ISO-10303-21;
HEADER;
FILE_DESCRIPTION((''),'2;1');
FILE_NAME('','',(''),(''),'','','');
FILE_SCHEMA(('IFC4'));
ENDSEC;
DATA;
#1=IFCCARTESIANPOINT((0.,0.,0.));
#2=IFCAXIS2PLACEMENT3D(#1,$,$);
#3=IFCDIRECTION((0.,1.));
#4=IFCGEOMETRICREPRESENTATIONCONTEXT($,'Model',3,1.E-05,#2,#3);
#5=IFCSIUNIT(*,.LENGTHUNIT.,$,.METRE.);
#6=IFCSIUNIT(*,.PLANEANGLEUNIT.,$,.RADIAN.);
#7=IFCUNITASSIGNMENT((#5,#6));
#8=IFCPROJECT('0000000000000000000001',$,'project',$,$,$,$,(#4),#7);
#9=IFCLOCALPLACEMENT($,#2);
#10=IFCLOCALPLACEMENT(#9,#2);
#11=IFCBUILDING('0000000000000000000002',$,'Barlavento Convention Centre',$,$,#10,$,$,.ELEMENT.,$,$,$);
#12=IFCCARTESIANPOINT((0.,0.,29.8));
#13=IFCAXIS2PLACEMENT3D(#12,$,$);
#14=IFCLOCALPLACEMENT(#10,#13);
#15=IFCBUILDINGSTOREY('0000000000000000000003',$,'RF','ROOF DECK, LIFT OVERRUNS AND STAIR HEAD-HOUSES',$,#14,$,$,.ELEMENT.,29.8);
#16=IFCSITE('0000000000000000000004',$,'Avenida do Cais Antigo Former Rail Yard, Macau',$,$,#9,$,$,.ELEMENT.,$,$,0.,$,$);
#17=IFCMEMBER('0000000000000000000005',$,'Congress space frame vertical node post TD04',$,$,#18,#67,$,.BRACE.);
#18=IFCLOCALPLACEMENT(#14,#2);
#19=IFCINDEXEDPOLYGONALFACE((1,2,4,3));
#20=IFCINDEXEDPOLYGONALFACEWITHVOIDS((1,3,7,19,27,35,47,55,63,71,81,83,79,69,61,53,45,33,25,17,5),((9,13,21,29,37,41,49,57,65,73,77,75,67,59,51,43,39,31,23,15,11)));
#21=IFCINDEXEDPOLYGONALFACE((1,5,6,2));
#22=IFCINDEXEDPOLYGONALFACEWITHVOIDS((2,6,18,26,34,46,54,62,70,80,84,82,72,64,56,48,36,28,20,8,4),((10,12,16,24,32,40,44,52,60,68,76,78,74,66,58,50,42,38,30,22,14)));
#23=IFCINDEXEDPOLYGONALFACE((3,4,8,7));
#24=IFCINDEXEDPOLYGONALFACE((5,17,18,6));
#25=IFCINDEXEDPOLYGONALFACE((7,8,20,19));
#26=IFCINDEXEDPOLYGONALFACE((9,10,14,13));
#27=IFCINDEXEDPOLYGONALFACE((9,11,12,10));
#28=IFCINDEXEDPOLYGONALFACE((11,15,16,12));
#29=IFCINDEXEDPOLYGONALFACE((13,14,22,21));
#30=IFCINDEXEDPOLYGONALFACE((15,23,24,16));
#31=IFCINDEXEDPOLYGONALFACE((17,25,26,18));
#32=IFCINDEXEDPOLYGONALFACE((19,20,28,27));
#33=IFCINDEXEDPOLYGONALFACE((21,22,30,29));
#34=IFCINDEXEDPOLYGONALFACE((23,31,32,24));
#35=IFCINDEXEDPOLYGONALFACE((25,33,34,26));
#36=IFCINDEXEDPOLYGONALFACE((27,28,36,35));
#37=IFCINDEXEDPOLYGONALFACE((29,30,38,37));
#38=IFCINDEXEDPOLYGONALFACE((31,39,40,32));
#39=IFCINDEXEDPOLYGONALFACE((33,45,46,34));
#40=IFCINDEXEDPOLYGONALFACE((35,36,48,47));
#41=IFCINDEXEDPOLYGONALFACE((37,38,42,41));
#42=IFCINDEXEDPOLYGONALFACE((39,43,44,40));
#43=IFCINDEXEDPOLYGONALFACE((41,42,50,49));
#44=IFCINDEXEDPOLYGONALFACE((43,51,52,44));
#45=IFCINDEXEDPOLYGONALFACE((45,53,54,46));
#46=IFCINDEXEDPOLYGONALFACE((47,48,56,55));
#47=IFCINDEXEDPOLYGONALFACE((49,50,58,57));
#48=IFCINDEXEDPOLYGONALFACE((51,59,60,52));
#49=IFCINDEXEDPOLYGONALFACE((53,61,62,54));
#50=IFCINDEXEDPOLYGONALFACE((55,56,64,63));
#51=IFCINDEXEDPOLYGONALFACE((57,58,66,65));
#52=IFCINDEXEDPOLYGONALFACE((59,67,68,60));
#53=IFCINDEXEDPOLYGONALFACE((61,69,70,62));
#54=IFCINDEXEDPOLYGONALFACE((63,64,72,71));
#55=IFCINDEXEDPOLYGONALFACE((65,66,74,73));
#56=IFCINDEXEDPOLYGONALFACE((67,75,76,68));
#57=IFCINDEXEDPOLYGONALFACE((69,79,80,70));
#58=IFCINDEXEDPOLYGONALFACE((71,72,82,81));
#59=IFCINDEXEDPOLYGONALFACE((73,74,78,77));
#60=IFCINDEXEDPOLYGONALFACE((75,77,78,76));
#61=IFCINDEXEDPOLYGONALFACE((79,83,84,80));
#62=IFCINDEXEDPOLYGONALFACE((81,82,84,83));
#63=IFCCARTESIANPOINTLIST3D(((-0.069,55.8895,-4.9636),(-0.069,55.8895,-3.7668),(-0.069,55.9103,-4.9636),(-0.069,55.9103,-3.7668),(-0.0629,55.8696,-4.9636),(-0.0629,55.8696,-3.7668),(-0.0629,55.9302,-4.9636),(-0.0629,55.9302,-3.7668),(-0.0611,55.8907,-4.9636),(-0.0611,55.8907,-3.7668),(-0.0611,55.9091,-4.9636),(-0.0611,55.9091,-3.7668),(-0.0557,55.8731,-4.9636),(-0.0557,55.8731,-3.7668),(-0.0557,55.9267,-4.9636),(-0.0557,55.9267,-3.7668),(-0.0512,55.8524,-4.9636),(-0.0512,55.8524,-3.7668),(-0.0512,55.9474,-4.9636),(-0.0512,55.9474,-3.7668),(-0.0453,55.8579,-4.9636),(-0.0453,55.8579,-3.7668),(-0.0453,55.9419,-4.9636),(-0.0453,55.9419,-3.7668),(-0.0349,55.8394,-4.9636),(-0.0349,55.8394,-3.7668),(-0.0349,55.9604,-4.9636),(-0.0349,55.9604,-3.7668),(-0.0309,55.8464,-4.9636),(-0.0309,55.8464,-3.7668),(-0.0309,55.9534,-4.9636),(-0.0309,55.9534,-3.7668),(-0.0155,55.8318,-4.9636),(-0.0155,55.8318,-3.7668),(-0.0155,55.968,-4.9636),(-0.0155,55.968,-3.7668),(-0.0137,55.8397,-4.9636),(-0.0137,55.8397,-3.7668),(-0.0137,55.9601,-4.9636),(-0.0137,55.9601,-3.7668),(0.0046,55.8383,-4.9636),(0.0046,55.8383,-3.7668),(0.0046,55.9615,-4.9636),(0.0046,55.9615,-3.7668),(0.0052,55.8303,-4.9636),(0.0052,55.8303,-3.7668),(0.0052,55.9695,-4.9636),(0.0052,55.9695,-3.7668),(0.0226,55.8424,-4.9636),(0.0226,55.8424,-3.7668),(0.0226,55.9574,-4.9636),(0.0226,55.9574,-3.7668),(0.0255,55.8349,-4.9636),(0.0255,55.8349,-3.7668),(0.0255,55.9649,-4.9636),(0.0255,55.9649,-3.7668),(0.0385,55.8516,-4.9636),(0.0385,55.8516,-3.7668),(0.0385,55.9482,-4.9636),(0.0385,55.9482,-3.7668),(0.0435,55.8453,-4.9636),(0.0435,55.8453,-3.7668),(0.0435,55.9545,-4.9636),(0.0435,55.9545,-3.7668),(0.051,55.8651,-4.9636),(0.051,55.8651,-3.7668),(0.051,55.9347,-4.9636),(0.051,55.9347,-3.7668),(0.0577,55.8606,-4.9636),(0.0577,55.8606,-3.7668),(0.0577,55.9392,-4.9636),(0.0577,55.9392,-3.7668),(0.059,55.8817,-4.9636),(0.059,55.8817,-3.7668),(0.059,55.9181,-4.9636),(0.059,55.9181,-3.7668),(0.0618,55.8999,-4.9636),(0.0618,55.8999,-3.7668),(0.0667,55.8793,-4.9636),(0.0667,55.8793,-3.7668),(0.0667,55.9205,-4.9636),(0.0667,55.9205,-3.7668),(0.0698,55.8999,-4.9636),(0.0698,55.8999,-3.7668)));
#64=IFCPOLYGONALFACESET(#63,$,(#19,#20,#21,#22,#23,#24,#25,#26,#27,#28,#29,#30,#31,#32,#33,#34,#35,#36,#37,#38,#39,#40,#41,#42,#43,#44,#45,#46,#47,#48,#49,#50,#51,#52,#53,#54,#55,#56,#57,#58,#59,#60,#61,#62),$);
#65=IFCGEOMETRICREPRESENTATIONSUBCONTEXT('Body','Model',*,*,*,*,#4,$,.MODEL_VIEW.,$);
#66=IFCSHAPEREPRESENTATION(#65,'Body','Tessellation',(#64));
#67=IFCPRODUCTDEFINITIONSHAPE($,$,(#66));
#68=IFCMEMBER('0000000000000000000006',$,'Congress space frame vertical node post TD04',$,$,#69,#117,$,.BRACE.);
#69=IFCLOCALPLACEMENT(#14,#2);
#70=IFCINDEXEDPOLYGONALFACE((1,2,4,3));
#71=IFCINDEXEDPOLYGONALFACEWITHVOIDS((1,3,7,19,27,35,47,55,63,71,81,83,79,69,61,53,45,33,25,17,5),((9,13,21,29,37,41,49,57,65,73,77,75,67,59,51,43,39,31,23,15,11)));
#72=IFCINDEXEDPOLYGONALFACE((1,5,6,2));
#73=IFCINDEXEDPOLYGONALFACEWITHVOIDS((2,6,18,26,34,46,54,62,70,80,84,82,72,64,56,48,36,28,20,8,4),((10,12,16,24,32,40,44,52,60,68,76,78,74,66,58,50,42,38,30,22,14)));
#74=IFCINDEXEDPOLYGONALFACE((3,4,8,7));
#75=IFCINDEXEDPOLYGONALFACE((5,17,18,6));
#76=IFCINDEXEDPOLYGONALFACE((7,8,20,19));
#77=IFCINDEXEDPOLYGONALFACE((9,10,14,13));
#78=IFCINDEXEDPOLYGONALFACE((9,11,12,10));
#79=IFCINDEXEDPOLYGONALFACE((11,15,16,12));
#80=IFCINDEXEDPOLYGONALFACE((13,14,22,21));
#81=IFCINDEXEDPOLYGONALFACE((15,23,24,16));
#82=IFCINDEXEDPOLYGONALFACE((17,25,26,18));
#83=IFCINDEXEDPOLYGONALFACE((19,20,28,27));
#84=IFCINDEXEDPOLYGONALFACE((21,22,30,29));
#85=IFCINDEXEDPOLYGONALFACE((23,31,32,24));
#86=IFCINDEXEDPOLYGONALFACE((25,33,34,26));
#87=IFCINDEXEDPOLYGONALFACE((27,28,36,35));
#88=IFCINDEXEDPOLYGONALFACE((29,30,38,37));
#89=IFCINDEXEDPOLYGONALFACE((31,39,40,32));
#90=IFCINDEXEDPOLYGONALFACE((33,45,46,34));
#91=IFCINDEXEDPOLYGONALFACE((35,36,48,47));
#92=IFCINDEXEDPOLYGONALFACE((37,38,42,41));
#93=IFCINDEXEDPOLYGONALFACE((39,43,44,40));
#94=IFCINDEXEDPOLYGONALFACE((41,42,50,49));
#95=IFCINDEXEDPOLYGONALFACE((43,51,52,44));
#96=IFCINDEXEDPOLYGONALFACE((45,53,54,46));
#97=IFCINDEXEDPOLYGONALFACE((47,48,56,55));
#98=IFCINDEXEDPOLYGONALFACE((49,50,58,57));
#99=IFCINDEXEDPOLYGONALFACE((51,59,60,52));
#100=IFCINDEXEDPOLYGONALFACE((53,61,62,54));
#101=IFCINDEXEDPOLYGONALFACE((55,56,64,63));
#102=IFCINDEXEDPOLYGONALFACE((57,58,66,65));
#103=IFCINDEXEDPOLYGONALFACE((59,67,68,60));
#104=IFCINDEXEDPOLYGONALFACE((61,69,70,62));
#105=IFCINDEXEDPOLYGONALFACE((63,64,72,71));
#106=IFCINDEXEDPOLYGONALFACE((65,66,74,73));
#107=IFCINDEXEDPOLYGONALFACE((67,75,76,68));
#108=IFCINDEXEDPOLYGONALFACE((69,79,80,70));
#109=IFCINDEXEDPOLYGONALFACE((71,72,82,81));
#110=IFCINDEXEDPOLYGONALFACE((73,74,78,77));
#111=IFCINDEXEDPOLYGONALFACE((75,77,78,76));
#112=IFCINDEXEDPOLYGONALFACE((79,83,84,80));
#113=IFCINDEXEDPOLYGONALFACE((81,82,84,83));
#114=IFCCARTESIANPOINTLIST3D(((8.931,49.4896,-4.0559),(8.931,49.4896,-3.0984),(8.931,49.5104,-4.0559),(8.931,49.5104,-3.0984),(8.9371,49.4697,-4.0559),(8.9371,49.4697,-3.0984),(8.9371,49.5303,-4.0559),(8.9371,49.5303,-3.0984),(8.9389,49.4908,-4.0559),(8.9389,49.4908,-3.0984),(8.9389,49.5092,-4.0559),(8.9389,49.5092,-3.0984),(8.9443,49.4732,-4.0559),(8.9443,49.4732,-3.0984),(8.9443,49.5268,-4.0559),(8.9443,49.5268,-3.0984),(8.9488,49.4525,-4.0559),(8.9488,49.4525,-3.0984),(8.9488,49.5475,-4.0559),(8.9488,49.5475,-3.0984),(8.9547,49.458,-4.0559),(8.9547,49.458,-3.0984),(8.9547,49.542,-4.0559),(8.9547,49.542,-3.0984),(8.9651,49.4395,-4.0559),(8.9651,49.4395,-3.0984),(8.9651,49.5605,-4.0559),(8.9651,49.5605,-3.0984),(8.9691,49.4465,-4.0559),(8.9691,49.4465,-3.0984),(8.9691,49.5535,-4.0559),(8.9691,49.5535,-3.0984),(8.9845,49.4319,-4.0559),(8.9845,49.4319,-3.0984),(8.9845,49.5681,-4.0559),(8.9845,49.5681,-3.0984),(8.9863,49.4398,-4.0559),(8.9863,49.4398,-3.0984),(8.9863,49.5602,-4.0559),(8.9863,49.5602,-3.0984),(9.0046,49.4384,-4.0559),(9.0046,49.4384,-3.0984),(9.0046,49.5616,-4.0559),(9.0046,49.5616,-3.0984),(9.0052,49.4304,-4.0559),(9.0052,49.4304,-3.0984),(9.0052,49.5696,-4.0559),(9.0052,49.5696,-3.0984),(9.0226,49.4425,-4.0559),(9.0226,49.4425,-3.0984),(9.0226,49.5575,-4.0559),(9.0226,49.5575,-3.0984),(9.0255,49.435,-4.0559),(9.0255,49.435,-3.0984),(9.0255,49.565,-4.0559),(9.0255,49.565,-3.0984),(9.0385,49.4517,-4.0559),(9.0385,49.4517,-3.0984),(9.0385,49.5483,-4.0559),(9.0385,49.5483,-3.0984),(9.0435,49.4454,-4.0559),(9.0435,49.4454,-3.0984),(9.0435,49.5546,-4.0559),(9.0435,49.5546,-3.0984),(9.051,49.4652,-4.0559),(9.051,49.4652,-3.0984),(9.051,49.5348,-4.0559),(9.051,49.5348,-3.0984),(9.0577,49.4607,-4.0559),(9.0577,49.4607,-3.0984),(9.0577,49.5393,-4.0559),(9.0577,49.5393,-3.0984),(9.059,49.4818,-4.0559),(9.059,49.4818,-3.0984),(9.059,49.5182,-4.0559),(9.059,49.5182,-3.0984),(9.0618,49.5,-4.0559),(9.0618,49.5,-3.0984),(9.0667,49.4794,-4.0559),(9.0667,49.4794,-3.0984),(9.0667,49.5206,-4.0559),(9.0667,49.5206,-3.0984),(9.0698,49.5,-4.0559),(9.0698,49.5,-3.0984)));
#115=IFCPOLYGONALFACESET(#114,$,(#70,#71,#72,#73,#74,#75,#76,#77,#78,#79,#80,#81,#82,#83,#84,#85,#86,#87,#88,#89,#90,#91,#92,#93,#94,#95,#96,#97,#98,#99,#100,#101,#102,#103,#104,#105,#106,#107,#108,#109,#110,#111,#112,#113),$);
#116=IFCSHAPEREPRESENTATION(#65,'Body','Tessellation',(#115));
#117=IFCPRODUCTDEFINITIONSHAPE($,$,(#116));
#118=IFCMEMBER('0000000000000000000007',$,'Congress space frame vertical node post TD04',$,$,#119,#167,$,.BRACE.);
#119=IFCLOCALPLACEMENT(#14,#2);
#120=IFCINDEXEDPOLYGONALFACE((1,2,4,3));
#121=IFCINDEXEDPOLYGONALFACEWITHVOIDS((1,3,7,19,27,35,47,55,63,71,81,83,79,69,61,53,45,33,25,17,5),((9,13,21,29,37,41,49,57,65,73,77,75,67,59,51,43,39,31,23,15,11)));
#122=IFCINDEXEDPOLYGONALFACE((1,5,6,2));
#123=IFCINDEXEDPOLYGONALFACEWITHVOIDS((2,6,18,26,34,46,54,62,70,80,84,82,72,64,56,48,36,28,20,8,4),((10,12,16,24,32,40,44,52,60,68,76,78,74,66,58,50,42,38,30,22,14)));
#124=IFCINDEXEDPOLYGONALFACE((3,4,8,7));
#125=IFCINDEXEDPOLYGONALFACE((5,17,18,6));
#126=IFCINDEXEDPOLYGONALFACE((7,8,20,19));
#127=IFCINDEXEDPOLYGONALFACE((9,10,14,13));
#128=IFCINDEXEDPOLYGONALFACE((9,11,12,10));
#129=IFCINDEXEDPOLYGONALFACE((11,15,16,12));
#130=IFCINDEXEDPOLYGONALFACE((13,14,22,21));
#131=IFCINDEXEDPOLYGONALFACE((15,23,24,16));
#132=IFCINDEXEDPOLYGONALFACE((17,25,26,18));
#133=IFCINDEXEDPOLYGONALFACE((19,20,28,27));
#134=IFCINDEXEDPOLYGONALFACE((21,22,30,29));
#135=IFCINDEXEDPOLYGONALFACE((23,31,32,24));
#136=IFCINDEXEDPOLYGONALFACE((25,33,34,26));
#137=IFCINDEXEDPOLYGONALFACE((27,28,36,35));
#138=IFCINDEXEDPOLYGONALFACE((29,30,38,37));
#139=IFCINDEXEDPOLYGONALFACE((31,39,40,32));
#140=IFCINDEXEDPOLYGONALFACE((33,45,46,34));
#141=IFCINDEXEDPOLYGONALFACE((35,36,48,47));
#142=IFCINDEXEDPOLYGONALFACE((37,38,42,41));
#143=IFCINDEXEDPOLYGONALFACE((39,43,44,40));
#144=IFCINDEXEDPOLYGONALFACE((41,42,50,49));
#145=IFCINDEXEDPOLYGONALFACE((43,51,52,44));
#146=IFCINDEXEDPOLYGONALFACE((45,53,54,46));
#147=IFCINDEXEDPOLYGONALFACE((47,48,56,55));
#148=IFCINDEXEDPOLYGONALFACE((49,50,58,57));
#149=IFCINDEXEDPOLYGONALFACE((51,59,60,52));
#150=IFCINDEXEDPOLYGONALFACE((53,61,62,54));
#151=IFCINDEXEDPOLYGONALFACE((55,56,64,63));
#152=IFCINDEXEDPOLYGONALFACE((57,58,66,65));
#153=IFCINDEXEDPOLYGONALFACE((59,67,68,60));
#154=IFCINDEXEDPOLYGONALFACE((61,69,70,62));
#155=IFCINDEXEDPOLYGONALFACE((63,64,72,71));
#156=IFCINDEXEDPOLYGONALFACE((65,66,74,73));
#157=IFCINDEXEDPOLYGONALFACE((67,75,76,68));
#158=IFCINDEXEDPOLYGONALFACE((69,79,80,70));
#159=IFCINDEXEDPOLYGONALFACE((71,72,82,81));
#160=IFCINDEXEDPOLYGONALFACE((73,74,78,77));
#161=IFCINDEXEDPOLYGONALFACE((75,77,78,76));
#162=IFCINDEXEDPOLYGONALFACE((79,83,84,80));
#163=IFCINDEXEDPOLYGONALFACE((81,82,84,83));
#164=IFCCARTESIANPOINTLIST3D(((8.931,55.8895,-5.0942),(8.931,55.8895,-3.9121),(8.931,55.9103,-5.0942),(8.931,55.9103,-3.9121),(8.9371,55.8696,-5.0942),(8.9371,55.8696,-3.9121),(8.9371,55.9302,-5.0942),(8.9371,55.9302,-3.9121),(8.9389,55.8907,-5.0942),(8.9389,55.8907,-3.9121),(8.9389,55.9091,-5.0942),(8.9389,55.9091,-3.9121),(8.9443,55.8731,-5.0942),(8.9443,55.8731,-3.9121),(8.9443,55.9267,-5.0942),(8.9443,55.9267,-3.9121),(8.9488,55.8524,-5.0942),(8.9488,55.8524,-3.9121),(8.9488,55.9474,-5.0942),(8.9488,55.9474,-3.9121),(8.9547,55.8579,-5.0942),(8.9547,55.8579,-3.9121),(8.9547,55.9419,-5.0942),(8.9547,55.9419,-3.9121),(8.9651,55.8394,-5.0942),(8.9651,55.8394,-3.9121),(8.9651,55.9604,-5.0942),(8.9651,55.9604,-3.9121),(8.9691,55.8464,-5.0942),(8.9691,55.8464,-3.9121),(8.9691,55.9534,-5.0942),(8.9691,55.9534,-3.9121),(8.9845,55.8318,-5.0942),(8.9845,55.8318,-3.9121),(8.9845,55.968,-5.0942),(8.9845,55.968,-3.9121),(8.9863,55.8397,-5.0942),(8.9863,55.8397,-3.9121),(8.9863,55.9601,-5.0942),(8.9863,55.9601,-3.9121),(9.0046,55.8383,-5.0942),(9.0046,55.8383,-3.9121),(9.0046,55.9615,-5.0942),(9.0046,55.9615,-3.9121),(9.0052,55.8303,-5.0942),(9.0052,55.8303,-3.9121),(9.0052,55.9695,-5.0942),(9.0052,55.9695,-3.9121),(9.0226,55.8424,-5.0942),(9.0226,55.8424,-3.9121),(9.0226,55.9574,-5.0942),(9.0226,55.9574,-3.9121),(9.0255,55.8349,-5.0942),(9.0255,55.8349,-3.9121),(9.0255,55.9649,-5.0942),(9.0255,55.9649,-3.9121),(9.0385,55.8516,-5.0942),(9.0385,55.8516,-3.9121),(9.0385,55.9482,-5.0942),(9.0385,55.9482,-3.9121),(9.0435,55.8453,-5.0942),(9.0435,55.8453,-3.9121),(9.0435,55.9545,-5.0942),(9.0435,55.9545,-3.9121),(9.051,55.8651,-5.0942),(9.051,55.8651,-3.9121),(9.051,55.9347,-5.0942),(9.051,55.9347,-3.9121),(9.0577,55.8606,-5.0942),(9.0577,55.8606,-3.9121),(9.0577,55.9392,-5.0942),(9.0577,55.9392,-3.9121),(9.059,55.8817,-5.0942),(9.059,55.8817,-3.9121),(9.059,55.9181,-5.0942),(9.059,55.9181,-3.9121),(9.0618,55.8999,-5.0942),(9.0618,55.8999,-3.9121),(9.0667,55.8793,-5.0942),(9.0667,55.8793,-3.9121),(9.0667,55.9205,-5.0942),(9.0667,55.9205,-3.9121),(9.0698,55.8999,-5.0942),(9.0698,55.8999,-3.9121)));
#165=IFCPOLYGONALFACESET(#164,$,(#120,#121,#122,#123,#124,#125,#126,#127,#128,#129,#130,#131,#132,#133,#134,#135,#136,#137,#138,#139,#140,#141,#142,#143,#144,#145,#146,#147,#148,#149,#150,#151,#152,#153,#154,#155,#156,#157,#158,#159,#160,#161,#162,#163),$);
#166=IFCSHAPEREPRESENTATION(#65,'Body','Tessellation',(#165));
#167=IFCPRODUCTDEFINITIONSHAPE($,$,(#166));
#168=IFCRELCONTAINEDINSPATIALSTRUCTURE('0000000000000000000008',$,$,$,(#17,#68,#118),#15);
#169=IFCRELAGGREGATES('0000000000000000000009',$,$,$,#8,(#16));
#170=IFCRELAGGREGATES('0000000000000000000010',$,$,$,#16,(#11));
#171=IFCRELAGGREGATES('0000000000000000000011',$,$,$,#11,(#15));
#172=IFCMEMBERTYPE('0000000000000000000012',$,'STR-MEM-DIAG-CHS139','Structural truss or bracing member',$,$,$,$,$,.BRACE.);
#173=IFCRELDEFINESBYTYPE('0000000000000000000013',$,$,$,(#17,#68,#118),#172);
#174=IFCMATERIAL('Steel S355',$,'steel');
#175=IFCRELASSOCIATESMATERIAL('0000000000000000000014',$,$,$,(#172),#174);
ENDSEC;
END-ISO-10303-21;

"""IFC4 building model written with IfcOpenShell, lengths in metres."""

from ifc_helpers import new_model, si_unit, direction, frame, origin, origin_2d, place, context, subcontext, project, spatial, hollow_circle, extrude, material, material_profile, profile_set, type_object, element, save


model = new_model("IFC4")

# Units and contexts
model_context = context("Model", 3, precision=1e-05, world=origin(), true_north=direction((0.0, 1.0)))
body_context = subcontext(model_context, "Body", "Model", "MODEL_VIEW")
ifc_project = project(units=[si_unit("LENGTHUNIT", "METRE"), si_unit("PLANEANGLEUNIT", "RADIAN")], contexts=[model_context])

# Site, building, storey
site_placement = place(None, origin())
site = spatial("IfcSite", under=ifc_project, at=site_placement, Name="Avenida do Cais Antigo Former Rail Yard, Macau", CompositionType="ELEMENT", RefElevation=0.0)
building_placement = place(site_placement, origin())
building = spatial("IfcBuilding", under=site, at=building_placement, Name="Barlavento Convention Centre", CompositionType="ELEMENT")
storey_placement = place(building_placement, frame((0.0, 0.0, 29.8)))
storey = spatial("IfcBuildingStorey", under=building, at=storey_placement, Name="RF", Description="ROOF DECK, LIFT OVERRUNS AND STAIR HEAD-HOUSES", CompositionType="ELEMENT", Elevation=29.8)

# Shared definitions
ifc_material_1 = material(Name="Steel S355", Category="steel")

# Members
ifc_material_profile_1 = material_profile(ifc_material_1, hollow_circle(Radius=0.0698, WallThickness=0.0081, at=origin_2d()), Name="CHS 139.7x8.0")
ifc_profile_set_1 = profile_set([ifc_material_profile_1], Name="Steel S355")
member_type_1 = type_object("IfcMemberType", Name="STR-MEM-DIAG-CHS139", Description="Structural truss or bracing member", PredefinedType="BRACE", material=ifc_profile_set_1)
member_1_placement = place(storey_placement, frame((0.0, 55.8999, -4.9636), z_axis=(0.0, 0.0, 1.0), x_axis=(1.0, 0.0, 0.0)))
element("IfcMember", 1, at=member_1_placement, inside=storey, type_object=member_type_1, Name="Congress space frame vertical node post TD04", PredefinedType="BRACE", context=body_context, shape_type="SweptSolid", body=[
    extrude(hollow_circle(Radius=0.0698, WallThickness=0.0081, at=origin_2d()), origin(), (0.0, 0.0, 1.0), 1.1968),
])
member_2_placement = place(storey_placement, frame((9.0, 49.5, -4.0559), z_axis=(0.0, 0.0, 1.0), x_axis=(1.0, 0.0, 0.0)))
element("IfcMember", 2, at=member_2_placement, inside=storey, type_object=member_type_1, Name="Congress space frame vertical node post TD04", PredefinedType="BRACE", context=body_context, shape_type="SweptSolid", body=[
    extrude(hollow_circle(Radius=0.0698, WallThickness=0.0081, at=origin_2d()), origin(), (0.0, 0.0, 1.0), 0.9575),
])
member_3_placement = place(storey_placement, frame((9.0, 55.8999, -5.0942), z_axis=(0.0, 0.0, 1.0), x_axis=(1.0, 0.0, 0.0)))
element("IfcMember", 3, at=member_3_placement, inside=storey, type_object=member_type_1, Name="Congress space frame vertical node post TD04", PredefinedType="BRACE", context=body_context, shape_type="SweptSolid", body=[
    extrude(hollow_circle(Radius=0.0698, WallThickness=0.0081, at=origin_2d()), origin(), (0.0, 0.0, 1.0), 1.1821),
])

save(model, "model.ifc")
